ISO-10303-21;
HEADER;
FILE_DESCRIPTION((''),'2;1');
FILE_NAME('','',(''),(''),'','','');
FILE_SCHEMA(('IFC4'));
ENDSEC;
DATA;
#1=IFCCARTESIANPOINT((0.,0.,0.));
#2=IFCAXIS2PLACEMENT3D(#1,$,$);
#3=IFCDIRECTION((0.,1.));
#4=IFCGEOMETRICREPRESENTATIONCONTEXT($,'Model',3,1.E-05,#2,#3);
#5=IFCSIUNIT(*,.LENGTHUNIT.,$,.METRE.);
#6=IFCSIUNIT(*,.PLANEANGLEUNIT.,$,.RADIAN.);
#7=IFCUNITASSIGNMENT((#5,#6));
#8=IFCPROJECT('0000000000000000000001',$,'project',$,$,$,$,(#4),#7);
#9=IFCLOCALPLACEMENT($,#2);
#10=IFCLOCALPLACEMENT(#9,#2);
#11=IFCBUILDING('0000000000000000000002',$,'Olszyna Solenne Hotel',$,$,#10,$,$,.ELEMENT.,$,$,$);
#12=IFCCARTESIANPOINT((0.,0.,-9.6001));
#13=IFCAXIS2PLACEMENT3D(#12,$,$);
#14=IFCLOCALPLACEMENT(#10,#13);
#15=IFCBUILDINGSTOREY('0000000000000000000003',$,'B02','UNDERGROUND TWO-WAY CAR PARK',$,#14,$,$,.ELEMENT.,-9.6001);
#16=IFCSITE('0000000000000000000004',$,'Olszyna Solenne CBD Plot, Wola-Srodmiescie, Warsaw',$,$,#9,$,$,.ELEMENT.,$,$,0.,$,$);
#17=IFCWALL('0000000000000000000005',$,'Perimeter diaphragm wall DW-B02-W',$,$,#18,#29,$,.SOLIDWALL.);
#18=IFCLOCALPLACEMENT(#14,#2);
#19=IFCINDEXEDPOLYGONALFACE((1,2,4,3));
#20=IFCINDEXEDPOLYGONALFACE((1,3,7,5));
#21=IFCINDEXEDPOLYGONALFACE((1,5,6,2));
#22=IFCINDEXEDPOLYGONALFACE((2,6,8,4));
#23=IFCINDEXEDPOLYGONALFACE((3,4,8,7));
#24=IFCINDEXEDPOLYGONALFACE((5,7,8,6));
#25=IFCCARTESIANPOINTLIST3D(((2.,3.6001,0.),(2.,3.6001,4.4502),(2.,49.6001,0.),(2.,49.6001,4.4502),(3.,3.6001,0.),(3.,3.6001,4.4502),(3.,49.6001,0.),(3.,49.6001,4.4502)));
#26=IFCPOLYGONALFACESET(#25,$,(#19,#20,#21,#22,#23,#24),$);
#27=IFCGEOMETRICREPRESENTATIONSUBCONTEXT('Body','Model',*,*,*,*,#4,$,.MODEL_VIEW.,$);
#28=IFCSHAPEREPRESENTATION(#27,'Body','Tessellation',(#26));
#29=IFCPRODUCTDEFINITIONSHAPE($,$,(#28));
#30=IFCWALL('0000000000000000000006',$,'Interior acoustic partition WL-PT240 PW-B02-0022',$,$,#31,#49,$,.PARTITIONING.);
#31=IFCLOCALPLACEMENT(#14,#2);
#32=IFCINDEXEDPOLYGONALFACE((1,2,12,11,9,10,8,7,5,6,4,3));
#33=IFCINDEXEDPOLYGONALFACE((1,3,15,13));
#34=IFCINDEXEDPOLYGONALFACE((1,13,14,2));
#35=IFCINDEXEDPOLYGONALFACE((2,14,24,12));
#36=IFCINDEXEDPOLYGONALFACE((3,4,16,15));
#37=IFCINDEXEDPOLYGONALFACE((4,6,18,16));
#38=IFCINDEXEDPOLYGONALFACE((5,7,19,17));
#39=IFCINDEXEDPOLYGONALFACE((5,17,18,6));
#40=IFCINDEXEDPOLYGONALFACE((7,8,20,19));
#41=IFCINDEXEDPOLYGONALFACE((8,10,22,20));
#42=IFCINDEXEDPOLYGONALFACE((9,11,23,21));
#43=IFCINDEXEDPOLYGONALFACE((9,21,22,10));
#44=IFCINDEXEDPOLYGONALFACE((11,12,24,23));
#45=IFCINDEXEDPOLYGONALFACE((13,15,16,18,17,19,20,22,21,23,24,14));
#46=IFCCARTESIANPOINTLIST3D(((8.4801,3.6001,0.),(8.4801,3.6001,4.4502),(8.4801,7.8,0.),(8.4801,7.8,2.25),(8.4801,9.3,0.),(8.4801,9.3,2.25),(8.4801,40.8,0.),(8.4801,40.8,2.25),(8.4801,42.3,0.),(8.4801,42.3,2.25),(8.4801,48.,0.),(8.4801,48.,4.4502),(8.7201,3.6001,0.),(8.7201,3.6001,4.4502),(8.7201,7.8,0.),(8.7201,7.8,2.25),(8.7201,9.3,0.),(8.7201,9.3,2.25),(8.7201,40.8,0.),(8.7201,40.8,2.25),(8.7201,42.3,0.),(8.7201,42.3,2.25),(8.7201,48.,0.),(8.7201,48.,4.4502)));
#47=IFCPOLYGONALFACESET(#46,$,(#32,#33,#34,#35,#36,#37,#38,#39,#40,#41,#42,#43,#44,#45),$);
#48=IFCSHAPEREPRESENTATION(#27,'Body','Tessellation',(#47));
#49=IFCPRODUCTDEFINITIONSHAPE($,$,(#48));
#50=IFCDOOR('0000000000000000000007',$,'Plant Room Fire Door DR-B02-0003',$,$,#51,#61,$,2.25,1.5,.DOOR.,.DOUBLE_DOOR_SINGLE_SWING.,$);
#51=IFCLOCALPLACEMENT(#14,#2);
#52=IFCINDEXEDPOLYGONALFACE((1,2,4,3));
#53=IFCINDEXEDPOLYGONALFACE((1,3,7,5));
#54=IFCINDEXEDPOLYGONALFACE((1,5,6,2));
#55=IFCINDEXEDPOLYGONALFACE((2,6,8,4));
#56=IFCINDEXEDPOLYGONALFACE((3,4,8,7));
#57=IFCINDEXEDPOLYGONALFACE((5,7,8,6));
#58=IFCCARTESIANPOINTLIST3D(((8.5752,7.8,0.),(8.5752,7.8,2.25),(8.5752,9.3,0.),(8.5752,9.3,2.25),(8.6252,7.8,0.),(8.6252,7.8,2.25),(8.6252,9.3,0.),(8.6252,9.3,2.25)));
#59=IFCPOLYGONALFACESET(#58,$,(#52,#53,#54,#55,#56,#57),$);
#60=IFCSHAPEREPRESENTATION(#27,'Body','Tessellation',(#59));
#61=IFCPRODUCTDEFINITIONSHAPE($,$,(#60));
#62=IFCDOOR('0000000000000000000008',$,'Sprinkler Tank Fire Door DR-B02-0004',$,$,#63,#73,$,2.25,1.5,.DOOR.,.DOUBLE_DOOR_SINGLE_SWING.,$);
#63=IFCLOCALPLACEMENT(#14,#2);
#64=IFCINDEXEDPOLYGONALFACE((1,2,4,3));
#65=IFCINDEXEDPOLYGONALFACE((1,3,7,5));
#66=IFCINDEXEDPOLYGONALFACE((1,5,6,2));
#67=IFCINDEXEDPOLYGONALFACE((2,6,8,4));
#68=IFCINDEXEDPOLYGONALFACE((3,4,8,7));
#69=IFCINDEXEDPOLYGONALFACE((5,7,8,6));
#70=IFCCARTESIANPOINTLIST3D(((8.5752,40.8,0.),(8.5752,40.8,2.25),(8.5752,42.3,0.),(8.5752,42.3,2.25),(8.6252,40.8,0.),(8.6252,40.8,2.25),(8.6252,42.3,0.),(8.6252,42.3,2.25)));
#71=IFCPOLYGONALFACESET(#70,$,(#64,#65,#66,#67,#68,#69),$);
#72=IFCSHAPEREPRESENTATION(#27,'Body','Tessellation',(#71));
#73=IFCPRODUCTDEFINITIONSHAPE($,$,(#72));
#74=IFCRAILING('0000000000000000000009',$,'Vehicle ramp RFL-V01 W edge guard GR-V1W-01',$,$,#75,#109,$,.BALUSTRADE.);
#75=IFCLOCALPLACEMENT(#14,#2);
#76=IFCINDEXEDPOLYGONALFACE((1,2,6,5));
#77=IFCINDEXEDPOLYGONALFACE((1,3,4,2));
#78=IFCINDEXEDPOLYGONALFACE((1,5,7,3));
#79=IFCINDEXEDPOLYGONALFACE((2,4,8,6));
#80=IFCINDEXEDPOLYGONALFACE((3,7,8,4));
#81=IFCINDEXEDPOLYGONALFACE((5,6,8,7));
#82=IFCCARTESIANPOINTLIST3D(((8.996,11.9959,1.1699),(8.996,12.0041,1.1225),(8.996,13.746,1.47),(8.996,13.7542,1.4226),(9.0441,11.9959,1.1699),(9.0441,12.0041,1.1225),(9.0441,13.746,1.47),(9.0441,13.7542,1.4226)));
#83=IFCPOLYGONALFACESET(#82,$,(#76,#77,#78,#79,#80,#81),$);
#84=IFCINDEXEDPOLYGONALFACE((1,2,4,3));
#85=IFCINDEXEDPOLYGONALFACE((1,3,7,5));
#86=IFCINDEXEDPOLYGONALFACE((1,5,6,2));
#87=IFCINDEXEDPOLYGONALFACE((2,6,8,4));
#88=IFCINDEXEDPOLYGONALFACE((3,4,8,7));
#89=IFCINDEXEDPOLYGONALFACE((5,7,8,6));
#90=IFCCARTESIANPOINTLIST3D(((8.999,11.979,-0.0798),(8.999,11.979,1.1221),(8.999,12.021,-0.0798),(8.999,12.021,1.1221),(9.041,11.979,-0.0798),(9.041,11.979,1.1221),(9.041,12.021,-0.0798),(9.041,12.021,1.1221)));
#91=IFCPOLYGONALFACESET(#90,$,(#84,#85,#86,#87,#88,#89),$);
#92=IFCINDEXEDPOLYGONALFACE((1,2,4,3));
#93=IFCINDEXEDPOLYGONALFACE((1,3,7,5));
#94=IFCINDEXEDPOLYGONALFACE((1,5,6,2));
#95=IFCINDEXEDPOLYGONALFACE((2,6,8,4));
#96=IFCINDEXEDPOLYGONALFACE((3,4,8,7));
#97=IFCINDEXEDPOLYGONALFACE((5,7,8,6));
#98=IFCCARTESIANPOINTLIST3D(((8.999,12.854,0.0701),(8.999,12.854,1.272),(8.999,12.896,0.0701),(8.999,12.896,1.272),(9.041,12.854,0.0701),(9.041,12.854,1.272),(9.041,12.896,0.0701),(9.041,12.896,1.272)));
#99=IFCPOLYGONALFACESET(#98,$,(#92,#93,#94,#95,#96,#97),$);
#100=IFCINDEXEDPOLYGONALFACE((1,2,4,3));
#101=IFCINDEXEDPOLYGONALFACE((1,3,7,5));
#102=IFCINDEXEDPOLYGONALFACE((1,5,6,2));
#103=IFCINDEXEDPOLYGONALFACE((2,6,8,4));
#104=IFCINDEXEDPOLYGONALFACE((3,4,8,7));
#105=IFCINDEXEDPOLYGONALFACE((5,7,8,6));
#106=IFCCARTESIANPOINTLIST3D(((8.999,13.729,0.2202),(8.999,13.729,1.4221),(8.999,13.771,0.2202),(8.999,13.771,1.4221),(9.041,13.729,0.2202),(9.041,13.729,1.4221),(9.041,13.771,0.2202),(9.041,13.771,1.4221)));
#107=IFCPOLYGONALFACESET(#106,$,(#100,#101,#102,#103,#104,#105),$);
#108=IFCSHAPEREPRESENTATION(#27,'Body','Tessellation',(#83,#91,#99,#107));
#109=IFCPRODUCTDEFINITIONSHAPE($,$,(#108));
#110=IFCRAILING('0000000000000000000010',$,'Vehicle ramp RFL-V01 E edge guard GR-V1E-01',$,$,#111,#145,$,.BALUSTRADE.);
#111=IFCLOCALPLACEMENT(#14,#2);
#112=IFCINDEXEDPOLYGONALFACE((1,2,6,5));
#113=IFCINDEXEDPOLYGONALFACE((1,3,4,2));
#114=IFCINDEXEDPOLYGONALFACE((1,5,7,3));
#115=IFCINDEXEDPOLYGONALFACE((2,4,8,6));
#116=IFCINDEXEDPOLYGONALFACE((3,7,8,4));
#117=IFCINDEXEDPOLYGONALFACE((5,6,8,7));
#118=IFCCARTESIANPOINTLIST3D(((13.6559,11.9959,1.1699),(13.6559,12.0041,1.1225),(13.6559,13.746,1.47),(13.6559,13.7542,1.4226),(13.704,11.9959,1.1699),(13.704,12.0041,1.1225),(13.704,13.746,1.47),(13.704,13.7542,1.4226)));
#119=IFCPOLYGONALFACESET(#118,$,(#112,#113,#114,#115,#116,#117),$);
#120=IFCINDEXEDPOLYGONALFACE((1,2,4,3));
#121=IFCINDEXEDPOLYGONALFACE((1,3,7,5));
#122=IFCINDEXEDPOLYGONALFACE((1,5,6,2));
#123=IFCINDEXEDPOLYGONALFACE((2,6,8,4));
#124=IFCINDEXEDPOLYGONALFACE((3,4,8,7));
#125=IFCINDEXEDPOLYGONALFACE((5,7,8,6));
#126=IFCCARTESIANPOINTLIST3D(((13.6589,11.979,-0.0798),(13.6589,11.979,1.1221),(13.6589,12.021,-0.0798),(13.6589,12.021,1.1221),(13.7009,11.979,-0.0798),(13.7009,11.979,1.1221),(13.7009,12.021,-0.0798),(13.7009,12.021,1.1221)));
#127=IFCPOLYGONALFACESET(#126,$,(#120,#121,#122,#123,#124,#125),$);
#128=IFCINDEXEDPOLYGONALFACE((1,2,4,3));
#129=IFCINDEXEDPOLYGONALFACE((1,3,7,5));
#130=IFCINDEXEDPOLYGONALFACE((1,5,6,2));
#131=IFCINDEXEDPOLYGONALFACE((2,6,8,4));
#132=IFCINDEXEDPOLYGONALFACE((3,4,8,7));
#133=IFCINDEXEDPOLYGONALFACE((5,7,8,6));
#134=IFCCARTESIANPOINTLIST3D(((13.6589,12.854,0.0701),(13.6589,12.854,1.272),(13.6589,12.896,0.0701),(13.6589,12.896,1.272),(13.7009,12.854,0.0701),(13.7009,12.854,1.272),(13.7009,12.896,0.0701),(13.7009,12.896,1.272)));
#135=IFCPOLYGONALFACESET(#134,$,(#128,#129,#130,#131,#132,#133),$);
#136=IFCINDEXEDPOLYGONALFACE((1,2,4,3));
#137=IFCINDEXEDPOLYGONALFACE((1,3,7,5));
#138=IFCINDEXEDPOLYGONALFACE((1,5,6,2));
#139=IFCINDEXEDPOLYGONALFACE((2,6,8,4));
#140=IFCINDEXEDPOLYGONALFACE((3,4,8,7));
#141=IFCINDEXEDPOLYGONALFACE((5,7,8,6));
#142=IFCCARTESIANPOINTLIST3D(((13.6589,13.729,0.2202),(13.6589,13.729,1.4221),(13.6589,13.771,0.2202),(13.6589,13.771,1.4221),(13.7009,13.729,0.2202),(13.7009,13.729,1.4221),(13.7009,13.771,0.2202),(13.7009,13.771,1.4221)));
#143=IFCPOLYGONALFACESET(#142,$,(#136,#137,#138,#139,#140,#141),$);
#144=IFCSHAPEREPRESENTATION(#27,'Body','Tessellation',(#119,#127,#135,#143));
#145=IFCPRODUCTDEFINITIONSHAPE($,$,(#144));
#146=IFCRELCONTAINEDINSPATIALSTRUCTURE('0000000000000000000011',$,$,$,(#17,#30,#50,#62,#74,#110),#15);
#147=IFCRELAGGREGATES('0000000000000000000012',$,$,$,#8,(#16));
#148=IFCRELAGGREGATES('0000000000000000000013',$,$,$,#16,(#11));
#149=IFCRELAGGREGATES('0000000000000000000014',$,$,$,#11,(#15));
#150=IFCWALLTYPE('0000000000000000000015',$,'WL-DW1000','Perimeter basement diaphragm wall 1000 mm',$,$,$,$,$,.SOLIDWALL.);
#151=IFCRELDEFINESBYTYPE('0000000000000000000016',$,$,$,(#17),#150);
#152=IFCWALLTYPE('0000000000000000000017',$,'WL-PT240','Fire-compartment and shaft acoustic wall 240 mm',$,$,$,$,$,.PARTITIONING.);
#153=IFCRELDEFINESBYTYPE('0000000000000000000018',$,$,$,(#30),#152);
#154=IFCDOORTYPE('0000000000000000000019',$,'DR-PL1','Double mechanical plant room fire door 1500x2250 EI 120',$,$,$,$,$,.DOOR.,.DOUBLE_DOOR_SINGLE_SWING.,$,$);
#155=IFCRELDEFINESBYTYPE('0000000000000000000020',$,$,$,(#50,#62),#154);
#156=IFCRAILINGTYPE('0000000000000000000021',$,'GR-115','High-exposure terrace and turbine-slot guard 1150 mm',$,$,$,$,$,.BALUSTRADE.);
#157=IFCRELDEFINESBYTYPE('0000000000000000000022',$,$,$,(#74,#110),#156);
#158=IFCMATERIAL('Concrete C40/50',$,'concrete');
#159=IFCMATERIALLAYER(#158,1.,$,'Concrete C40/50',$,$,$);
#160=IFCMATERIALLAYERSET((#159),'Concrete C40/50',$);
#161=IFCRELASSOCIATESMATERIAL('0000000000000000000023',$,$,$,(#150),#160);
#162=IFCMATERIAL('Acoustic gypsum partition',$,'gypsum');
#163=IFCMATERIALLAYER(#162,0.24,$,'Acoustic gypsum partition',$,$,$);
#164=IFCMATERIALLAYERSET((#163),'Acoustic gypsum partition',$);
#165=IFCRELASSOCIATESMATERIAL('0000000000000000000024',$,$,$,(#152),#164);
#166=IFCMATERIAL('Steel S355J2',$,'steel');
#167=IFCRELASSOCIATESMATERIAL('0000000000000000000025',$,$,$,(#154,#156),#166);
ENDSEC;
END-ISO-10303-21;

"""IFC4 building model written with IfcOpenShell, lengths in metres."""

from ifc_helpers import new_model, si_unit, direction, frame, frame_2d, origin, origin_2d, place, context, subcontext, project, spatial, rectangle, extrude, source, transform, mapped, material, layer, layer_set, type_object, type_shapes, element, fill, save


model = new_model("IFC4")

# Units and contexts
model_context = context("Model", 3, precision=1e-05, world=origin(), true_north=direction((0.0, 1.0)))
body_context = subcontext(model_context, "Body", "Model", "MODEL_VIEW")
ifc_project = project(units=[si_unit("LENGTHUNIT", "METRE"), si_unit("PLANEANGLEUNIT", "RADIAN")], contexts=[model_context])

# Site, building, storey
site_placement = place(None, origin())
site = spatial("IfcSite", under=ifc_project, at=site_placement, Name="Olszyna Solenne CBD Plot, Wola-Srodmiescie, Warsaw", CompositionType="ELEMENT", RefElevation=0.0)
building_placement = place(site_placement, origin())
building = spatial("IfcBuilding", under=site, at=building_placement, Name="Olszyna Solenne Hotel", CompositionType="ELEMENT")
storey_placement = place(building_placement, frame((0.0, 0.0, -9.6001)))
storey = spatial("IfcBuildingStorey", under=building, at=storey_placement, Name="B02", Description="UNDERGROUND TWO-WAY CAR PARK", CompositionType="ELEMENT", Elevation=-9.6001)

# Shared definitions
ifc_material_1 = material(Name="Concrete C40/50", Category="concrete")

# Wall
ifc_layer_1 = layer(ifc_material_1, 1.0, Name="Concrete C40/50")
ifc_layer_set_1 = layer_set([ifc_layer_1], Name="Concrete C40/50")
wall_type_1 = type_object("IfcWallType", Name="WL-DW1000", Description="Perimeter basement diaphragm wall 1000 mm", PredefinedType="SOLIDWALL", material=ifc_layer_set_1)
wall_1_placement = place(storey_placement, frame((2.5, 3.6001, 0.0), z_axis=(0.0, 0.0, 1.0), x_axis=(0.0, 1.0, 0.0)))
element("IfcWall", 1, at=wall_1_placement, inside=storey, type_object=wall_type_1, Name="Perimeter diaphragm wall DW-B02-W", PredefinedType="SOLIDWALL", context=body_context, shape_type="SweptSolid", body=[
    extrude(rectangle(XDim=46.0, YDim=1.0, at=frame_2d((23.0, 0.0))), origin(), (0.0, 0.0, 1.0), 4.4502),
])

# Wall, openings, doors
ifc_material_2 = material(Name="Acoustic gypsum partition", Category="gypsum")
ifc_layer_2 = layer(ifc_material_2, 0.24, Name="Acoustic gypsum partition")
ifc_layer_set_2 = layer_set([ifc_layer_2], Name="Acoustic gypsum partition")
wall_type_2 = type_object("IfcWallType", Name="WL-PT240", Description="Fire-compartment and shaft acoustic wall 240 mm", PredefinedType="PARTITIONING", material=ifc_layer_set_2)
wall_2_placement = place(storey_placement, frame((8.6001, 3.6001, 0.0), z_axis=(0.0, 0.0, 1.0), x_axis=(0.0, 1.0, 0.0)))
wall_2 = element("IfcWall", 2, at=wall_2_placement, inside=storey, type_object=wall_type_2, Name="Interior acoustic partition WL-PT240 PW-B02-0022", PredefinedType="PARTITIONING", context=body_context, shape_type="SweptSolid", body=[
    extrude(rectangle(XDim=44.3999, YDim=0.24, at=frame_2d((22.2, 0.0))), origin(), (0.0, 0.0, 1.0), 4.4502),
])
opening_1_placement = place(wall_2_placement, frame((4.2, 0.0, 0.0)))
opening_1 = element("IfcOpeningElement", 3, at=opening_1_placement, cuts=wall_2, PredefinedType="OPENING", context=body_context, shape_type="SweptSolid", body=[
    extrude(rectangle(XDim=1.5, YDim=2.25, at=frame_2d((0.75, 1.125))), frame((0.0, 0.1299, 0.0), z_axis=(0.0, -1.0, 0.0), x_axis=(1.0, 0.0, 0.0)), (0.0, 0.0, 1.0), 0.26),
])
opening_2_placement = place(wall_2_placement, frame((37.2, 0.0, 0.0)))
opening_2 = element("IfcOpeningElement", 4, at=opening_2_placement, cuts=wall_2, PredefinedType="OPENING", context=body_context, shape_type="SweptSolid", body=[
    extrude(rectangle(XDim=1.5, YDim=2.25, at=frame_2d((0.75, 1.125))), frame((0.0, 0.1299, 0.0), z_axis=(0.0, -1.0, 0.0), x_axis=(1.0, 0.0, 0.0)), (0.0, 0.0, 1.0), 0.26),
])
ifc_material_3 = material(Name="Steel S355J2", Category="steel")
door_type = type_object("IfcDoorType", Name="DR-PL1", Description="Double mechanical plant room fire door 1500x2250 EI 120", OperationType="DOUBLE_DOOR_SINGLE_SWING", PredefinedType="DOOR", material=ifc_material_3)
shared_shape_1 = source(origin(), body_context, "Body", "SweptSolid", [
    extrude(rectangle(XDim=1.5, YDim=2.25, at=frame_2d((0.75, 1.125))), frame((0.0, 0.0249, 0.0), z_axis=(0.0, -1.0, 0.0), x_axis=(1.0, 0.0, 0.0)), (0.0, 0.0, 1.0), 0.05),
])
type_shapes(door_type, [shared_shape_1])
door_1_placement = place(opening_1_placement, origin())
door_1 = element("IfcDoor", 5, at=door_1_placement, inside=storey, type_object=door_type, Name="Plant Room Fire Door DR-B02-0003", OperationType="DOUBLE_DOOR_SINGLE_SWING", OverallHeight=2.25, OverallWidth=1.5, PredefinedType="DOOR", context=body_context, shape_type="MappedRepresentation", body=[
    mapped(shared_shape_1, transform((0.0, 0.0, 0.0), x_axis=(1.0, 0.0, 0.0), y_axis=(0.0, 1.0, 0.0), z_axis=(0.0, 0.0, 1.0), scale=1.0)),
])
fill(opening_1, door_1)
door_2_placement = place(opening_2_placement, origin())
door_2 = element("IfcDoor", 6, at=door_2_placement, inside=storey, type_object=door_type, Name="Sprinkler Tank Fire Door DR-B02-0004", OperationType="DOUBLE_DOOR_SINGLE_SWING", OverallHeight=2.25, OverallWidth=1.5, PredefinedType="DOOR", context=body_context, shape_type="MappedRepresentation", body=[
    mapped(shared_shape_1, transform((0.0, 0.0, 0.0), x_axis=(1.0, 0.0, 0.0), y_axis=(0.0, 1.0, 0.0), z_axis=(0.0, 0.0, 1.0), scale=1.0)),
])
fill(opening_2, door_2)

# Railings
railing_type = type_object("IfcRailingType", Name="GR-115", Description="High-exposure terrace and turbine-slot guard 1150 mm", PredefinedType="BALUSTRADE", material=ifc_material_3)
for number, where, name in (
    (7, (9.02, 12.0, -0.0798), "Vehicle ramp RFL-V01 W edge guard GR-V1W-01"),
    (8, (13.6799, 12.0, -0.0798), "Vehicle ramp RFL-V01 E edge guard GR-V1E-01"),
):
    element("IfcRailing", number, at=place(storey_placement, frame(where)), inside=storey, type_object=railing_type, Name=name, PredefinedType="BALUSTRADE", context=body_context, shape_type="SweptSolid", body=[
        extrude(rectangle(XDim=0.0481, YDim=0.0481, at=origin_2d()), frame((0.0, 0.0, 1.2261), z_axis=(0.0, 0.985618, 0.168991), x_axis=(-1.0, 0.0, 0.0)), (0.0, 0.0, 1.0), 1.7756),
        extrude(rectangle(XDim=0.042, YDim=0.042, at=origin_2d()), origin(), (0.0, 0.0, 1.0), 1.2019),
        extrude(rectangle(XDim=0.042, YDim=0.042, at=origin_2d()), frame((0.0, 0.875, 0.1499)), (0.0, 0.0, 1.0), 1.2019),
        extrude(rectangle(XDim=0.042, YDim=0.042, at=origin_2d()), frame((0.0, 1.75, 0.3)), (0.0, 0.0, 1.0), 1.2019),
    ])

save(model, "model.ifc")
